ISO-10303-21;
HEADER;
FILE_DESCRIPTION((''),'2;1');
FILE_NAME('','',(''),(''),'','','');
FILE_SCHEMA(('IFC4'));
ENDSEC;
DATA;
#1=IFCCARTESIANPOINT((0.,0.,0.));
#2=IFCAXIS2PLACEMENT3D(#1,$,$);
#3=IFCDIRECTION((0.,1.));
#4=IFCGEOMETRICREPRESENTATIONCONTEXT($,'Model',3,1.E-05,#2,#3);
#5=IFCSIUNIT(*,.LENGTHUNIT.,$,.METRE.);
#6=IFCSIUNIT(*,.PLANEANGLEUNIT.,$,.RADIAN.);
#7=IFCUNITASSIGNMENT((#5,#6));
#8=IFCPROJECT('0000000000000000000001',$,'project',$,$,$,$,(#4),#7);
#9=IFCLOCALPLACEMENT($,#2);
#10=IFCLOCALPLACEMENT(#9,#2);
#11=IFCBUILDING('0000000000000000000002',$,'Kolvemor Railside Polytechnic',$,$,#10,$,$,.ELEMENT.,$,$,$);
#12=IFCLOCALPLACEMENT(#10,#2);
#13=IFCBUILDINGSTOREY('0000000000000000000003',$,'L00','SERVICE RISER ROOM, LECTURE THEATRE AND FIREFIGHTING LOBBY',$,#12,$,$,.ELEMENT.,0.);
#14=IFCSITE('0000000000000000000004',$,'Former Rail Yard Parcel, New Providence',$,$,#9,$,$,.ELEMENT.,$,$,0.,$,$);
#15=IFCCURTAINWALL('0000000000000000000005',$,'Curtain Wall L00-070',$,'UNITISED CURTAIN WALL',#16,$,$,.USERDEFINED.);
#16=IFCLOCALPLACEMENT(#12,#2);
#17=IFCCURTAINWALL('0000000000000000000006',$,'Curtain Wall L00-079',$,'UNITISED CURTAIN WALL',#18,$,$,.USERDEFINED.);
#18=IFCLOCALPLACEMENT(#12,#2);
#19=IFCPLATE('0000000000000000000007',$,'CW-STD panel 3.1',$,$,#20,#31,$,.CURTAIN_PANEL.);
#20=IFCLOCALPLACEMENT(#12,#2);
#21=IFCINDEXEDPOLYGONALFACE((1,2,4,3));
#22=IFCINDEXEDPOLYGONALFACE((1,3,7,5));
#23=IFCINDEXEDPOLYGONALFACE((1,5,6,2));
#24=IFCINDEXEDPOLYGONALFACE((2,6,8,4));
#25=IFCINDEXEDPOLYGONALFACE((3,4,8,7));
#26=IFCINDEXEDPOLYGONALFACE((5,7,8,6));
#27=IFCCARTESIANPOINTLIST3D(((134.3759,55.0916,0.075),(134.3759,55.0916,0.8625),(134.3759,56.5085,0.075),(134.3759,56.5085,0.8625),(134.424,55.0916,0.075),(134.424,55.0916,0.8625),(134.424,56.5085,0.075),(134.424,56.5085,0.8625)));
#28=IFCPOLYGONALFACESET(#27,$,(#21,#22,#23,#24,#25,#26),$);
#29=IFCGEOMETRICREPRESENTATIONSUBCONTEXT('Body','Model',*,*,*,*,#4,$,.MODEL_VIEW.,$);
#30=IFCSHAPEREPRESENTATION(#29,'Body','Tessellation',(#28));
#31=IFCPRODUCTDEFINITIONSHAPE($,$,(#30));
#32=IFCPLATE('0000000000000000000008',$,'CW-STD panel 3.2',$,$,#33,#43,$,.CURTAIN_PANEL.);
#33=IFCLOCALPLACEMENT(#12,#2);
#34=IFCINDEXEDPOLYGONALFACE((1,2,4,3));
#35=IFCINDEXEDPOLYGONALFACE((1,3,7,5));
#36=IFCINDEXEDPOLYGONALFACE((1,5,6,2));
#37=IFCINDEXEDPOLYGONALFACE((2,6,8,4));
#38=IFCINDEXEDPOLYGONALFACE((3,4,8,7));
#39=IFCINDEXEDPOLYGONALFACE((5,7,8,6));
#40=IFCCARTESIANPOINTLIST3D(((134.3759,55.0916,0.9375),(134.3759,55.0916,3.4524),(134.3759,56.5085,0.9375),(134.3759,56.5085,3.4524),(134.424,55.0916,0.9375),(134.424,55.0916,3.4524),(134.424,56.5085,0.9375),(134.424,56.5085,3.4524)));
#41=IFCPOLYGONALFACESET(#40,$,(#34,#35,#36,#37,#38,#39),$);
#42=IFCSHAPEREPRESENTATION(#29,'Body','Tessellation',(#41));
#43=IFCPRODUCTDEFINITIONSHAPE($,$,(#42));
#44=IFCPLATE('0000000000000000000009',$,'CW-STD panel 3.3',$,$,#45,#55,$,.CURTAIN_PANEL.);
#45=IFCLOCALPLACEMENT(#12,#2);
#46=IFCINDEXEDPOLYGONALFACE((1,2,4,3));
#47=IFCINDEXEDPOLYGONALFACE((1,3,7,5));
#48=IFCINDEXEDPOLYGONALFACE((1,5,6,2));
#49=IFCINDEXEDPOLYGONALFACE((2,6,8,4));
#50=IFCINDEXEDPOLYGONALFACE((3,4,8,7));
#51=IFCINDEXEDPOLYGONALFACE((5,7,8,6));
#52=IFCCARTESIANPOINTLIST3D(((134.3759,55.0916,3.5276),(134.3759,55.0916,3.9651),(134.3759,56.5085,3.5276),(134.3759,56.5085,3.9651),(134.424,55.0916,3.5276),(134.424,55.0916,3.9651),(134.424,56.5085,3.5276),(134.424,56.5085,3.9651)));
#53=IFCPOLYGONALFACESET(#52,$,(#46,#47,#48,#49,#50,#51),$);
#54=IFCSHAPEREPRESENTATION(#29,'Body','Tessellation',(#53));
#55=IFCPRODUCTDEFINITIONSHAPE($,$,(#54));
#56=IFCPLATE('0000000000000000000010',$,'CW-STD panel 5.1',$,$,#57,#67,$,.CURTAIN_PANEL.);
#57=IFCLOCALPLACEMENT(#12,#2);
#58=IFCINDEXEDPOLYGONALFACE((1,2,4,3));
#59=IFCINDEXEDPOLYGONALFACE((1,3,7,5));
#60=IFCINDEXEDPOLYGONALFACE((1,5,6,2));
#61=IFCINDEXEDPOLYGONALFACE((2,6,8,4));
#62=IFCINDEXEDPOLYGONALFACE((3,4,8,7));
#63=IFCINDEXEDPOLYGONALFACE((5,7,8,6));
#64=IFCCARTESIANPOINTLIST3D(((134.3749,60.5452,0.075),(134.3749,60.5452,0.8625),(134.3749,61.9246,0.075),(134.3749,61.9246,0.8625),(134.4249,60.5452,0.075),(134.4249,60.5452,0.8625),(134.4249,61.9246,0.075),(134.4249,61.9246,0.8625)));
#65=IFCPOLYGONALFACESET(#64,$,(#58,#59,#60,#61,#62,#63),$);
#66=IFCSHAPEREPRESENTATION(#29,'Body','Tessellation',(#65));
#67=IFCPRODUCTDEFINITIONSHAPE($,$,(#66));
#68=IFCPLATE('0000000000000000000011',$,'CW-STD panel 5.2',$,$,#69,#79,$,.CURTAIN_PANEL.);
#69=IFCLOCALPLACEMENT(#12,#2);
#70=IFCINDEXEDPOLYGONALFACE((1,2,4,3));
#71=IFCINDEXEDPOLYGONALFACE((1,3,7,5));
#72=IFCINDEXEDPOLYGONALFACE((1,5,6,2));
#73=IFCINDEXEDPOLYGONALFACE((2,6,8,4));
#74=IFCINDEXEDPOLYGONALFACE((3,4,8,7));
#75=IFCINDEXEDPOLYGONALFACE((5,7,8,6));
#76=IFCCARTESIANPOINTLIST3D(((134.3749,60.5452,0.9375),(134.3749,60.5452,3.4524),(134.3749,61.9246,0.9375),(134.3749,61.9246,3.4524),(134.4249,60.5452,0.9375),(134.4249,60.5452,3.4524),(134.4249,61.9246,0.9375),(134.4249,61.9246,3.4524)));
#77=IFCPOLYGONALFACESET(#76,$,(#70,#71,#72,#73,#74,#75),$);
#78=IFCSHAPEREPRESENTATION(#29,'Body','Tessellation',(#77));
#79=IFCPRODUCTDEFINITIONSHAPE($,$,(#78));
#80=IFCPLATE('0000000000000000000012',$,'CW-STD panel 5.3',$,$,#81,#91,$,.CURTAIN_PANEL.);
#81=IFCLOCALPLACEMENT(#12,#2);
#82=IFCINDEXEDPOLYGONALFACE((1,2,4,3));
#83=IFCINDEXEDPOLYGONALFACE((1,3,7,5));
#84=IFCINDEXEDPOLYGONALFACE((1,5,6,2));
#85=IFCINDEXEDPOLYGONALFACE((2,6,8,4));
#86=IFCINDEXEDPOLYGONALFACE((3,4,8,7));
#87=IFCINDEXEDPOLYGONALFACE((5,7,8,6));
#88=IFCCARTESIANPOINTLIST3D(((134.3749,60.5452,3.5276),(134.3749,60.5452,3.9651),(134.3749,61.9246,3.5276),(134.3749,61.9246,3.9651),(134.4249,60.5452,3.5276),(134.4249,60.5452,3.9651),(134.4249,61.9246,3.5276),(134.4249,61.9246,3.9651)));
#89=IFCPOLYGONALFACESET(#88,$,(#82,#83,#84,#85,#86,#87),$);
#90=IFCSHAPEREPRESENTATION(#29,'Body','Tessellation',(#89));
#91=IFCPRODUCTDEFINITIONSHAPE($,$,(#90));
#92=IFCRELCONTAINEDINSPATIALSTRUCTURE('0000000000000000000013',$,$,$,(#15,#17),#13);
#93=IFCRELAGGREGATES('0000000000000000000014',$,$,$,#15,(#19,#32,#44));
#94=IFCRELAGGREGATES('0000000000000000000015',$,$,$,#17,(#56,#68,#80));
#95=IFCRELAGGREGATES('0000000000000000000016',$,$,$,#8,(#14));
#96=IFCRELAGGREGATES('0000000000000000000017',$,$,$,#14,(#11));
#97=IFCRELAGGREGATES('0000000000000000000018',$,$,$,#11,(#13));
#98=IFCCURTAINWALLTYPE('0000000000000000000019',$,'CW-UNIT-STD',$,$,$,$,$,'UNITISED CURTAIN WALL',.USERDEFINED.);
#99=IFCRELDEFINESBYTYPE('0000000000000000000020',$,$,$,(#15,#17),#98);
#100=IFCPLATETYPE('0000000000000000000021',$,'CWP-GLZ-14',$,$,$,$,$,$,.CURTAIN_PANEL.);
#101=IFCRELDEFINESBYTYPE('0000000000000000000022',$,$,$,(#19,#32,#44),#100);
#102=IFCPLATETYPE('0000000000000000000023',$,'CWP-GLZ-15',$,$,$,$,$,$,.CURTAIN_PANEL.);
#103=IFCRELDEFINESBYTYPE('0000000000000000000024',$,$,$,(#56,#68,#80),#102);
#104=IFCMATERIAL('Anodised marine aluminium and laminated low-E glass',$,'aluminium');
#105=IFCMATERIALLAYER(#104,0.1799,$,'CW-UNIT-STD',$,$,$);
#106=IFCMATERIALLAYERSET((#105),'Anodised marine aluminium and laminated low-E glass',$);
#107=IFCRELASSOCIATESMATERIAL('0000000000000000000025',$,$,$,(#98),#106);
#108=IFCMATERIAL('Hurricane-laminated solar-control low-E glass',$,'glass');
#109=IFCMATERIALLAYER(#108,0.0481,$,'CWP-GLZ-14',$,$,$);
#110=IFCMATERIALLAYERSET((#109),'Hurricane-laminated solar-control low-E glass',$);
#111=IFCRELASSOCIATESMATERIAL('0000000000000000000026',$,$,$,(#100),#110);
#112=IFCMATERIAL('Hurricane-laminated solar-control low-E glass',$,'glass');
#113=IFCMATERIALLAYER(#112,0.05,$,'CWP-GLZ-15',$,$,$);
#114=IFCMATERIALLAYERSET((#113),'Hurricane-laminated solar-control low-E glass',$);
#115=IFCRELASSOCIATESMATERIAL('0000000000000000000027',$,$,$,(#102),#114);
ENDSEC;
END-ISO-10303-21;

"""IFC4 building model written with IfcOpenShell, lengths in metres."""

from ifc_helpers import new_model, si_unit, direction, frame, origin, origin_2d, place, context, subcontext, project, spatial, rectangle, extrude, material, layer, layer_set, type_object, element, aggregate, save


model = new_model("IFC4")

# Units and contexts
model_context = context("Model", 3, precision=1e-05, world=origin(), true_north=direction((0.0, 1.0)))
body_context = subcontext(model_context, "Body", "Model", "MODEL_VIEW")
ifc_project = project(units=[si_unit("LENGTHUNIT", "METRE"), si_unit("PLANEANGLEUNIT", "RADIAN")], contexts=[model_context])

# Site, building, storey
site_placement = place(None, origin())
site = spatial("IfcSite", under=ifc_project, at=site_placement, Name="Former Rail Yard Parcel, New Providence", CompositionType="ELEMENT", RefElevation=0.0)
building_placement = place(site_placement, origin())
building = spatial("IfcBuilding", under=site, at=building_placement, Name="Kolvemor Railside Polytechnic", CompositionType="ELEMENT")
storey_placement = place(building_placement, origin())
storey = spatial("IfcBuildingStorey", under=building, at=storey_placement, Name="L00", Description="SERVICE RISER ROOM, LECTURE THEATRE AND FIREFIGHTING LOBBY", CompositionType="ELEMENT", Elevation=0.0)

# Curtain wall
ifc_material_1 = material(Name="Anodised marine aluminium and laminated low-E glass", Category="aluminium")
ifc_layer_1 = layer(ifc_material_1, 0.1799, Name="CW-UNIT-STD")
ifc_layer_set_1 = layer_set([ifc_layer_1], Name="Anodised marine aluminium and laminated low-E glass")
curtain_wall_type = type_object("IfcCurtainWallType", Name="CW-UNIT-STD", ElementType="UNITISED CURTAIN WALL", PredefinedType="USERDEFINED", material=ifc_layer_set_1)
curtain_wall_1_placement = place(storey_placement, origin())
curtain_wall_1 = element("IfcCurtainWall", 1, at=curtain_wall_1_placement, inside=storey, type_object=curtain_wall_type, Name="Curtain Wall L00-070", ObjectType="UNITISED CURTAIN WALL", PredefinedType="USERDEFINED")

# Curtain wall
curtain_wall_2_placement = place(storey_placement, origin())
curtain_wall_2 = element("IfcCurtainWall", 2, at=curtain_wall_2_placement, inside=storey, type_object=curtain_wall_type, Name="Curtain Wall L00-079", ObjectType="UNITISED CURTAIN WALL", PredefinedType="USERDEFINED")

# Plates
ifc_material_2 = material(Name="Hurricane-laminated solar-control low-E glass", Category="glass")
ifc_layer_2 = layer(ifc_material_2, 0.0481, Name="CWP-GLZ-14")
ifc_layer_set_2 = layer_set([ifc_layer_2], Name="Hurricane-laminated solar-control low-E glass")
plate_type_1 = type_object("IfcPlateType", Name="CWP-GLZ-14", PredefinedType="CURTAIN_PANEL", material=ifc_layer_set_2)
plate_1_placement = place(storey_placement, frame((134.3999, 55.8, 0.075), z_axis=(0.0, 0.0, 1.0), x_axis=(0.0, -1.0, 0.0)))
plate_1 = element("IfcPlate", 3, at=plate_1_placement, type_object=plate_type_1, Name="CW-STD panel 3.1", PredefinedType="CURTAIN_PANEL", context=body_context, shape_type="SweptSolid", body=[
    extrude(rectangle(XDim=1.417, YDim=0.0481, at=origin_2d()), origin(), (0.0, 0.0, 1.0), 0.7876),
])
plate_2_placement = place(storey_placement, frame((134.3999, 55.8, 0.9375), z_axis=(0.0, 0.0, 1.0), x_axis=(0.0, -1.0, 0.0)))
plate_2 = element("IfcPlate", 4, at=plate_2_placement, type_object=plate_type_1, Name="CW-STD panel 3.2", PredefinedType="CURTAIN_PANEL", context=body_context, shape_type="SweptSolid", body=[
    extrude(rectangle(XDim=1.417, YDim=0.0481, at=origin_2d()), origin(), (0.0, 0.0, 1.0), 2.5149),
])
plate_3_placement = place(storey_placement, frame((134.3999, 55.8, 3.5276), z_axis=(0.0, 0.0, 1.0), x_axis=(0.0, -1.0, 0.0)))
plate_3 = element("IfcPlate", 5, at=plate_3_placement, type_object=plate_type_1, Name="CW-STD panel 3.3", PredefinedType="CURTAIN_PANEL", context=body_context, shape_type="SweptSolid", body=[
    extrude(rectangle(XDim=1.417, YDim=0.0481, at=origin_2d()), origin(), (0.0, 0.0, 1.0), 0.4375),
])
aggregate(curtain_wall_1, [plate_1, plate_2, plate_3])
ifc_material_3 = material(Name="Hurricane-laminated solar-control low-E glass", Category="glass")
ifc_layer_3 = layer(ifc_material_3, 0.05, Name="CWP-GLZ-15")
ifc_layer_set_3 = layer_set([ifc_layer_3], Name="Hurricane-laminated solar-control low-E glass")
plate_type_2 = type_object("IfcPlateType", Name="CWP-GLZ-15", PredefinedType="CURTAIN_PANEL", material=ifc_layer_set_3)
plate_4_placement = place(storey_placement, frame((134.3999, 61.2349, 0.075), z_axis=(0.0, 0.0, 1.0), x_axis=(0.0, -1.0, 0.0)))
plate_4 = element("IfcPlate", 6, at=plate_4_placement, type_object=plate_type_2, Name="CW-STD panel 5.1", PredefinedType="CURTAIN_PANEL", context=body_context, shape_type="SweptSolid", body=[
    extrude(rectangle(XDim=1.3794, YDim=0.05, at=origin_2d()), origin(), (0.0, 0.0, 1.0), 0.7876),
])
plate_5_placement = place(storey_placement, frame((134.3999, 61.2349, 0.9375), z_axis=(0.0, 0.0, 1.0), x_axis=(0.0, -1.0, 0.0)))
plate_5 = element("IfcPlate", 7, at=plate_5_placement, type_object=plate_type_2, Name="CW-STD panel 5.2", PredefinedType="CURTAIN_PANEL", context=body_context, shape_type="SweptSolid", body=[
    extrude(rectangle(XDim=1.3794, YDim=0.05, at=origin_2d()), origin(), (0.0, 0.0, 1.0), 2.5149),
])
plate_6_placement = place(storey_placement, frame((134.3999, 61.2349, 3.5276), z_axis=(0.0, 0.0, 1.0), x_axis=(0.0, -1.0, 0.0)))
plate_6 = element("IfcPlate", 8, at=plate_6_placement, type_object=plate_type_2, Name="CW-STD panel 5.3", PredefinedType="CURTAIN_PANEL", context=body_context, shape_type="SweptSolid", body=[
    extrude(rectangle(XDim=1.3794, YDim=0.05, at=origin_2d()), origin(), (0.0, 0.0, 1.0), 0.4375),
])
aggregate(curtain_wall_2, [plate_4, plate_5, plate_6])

save(model, "model.ifc")
